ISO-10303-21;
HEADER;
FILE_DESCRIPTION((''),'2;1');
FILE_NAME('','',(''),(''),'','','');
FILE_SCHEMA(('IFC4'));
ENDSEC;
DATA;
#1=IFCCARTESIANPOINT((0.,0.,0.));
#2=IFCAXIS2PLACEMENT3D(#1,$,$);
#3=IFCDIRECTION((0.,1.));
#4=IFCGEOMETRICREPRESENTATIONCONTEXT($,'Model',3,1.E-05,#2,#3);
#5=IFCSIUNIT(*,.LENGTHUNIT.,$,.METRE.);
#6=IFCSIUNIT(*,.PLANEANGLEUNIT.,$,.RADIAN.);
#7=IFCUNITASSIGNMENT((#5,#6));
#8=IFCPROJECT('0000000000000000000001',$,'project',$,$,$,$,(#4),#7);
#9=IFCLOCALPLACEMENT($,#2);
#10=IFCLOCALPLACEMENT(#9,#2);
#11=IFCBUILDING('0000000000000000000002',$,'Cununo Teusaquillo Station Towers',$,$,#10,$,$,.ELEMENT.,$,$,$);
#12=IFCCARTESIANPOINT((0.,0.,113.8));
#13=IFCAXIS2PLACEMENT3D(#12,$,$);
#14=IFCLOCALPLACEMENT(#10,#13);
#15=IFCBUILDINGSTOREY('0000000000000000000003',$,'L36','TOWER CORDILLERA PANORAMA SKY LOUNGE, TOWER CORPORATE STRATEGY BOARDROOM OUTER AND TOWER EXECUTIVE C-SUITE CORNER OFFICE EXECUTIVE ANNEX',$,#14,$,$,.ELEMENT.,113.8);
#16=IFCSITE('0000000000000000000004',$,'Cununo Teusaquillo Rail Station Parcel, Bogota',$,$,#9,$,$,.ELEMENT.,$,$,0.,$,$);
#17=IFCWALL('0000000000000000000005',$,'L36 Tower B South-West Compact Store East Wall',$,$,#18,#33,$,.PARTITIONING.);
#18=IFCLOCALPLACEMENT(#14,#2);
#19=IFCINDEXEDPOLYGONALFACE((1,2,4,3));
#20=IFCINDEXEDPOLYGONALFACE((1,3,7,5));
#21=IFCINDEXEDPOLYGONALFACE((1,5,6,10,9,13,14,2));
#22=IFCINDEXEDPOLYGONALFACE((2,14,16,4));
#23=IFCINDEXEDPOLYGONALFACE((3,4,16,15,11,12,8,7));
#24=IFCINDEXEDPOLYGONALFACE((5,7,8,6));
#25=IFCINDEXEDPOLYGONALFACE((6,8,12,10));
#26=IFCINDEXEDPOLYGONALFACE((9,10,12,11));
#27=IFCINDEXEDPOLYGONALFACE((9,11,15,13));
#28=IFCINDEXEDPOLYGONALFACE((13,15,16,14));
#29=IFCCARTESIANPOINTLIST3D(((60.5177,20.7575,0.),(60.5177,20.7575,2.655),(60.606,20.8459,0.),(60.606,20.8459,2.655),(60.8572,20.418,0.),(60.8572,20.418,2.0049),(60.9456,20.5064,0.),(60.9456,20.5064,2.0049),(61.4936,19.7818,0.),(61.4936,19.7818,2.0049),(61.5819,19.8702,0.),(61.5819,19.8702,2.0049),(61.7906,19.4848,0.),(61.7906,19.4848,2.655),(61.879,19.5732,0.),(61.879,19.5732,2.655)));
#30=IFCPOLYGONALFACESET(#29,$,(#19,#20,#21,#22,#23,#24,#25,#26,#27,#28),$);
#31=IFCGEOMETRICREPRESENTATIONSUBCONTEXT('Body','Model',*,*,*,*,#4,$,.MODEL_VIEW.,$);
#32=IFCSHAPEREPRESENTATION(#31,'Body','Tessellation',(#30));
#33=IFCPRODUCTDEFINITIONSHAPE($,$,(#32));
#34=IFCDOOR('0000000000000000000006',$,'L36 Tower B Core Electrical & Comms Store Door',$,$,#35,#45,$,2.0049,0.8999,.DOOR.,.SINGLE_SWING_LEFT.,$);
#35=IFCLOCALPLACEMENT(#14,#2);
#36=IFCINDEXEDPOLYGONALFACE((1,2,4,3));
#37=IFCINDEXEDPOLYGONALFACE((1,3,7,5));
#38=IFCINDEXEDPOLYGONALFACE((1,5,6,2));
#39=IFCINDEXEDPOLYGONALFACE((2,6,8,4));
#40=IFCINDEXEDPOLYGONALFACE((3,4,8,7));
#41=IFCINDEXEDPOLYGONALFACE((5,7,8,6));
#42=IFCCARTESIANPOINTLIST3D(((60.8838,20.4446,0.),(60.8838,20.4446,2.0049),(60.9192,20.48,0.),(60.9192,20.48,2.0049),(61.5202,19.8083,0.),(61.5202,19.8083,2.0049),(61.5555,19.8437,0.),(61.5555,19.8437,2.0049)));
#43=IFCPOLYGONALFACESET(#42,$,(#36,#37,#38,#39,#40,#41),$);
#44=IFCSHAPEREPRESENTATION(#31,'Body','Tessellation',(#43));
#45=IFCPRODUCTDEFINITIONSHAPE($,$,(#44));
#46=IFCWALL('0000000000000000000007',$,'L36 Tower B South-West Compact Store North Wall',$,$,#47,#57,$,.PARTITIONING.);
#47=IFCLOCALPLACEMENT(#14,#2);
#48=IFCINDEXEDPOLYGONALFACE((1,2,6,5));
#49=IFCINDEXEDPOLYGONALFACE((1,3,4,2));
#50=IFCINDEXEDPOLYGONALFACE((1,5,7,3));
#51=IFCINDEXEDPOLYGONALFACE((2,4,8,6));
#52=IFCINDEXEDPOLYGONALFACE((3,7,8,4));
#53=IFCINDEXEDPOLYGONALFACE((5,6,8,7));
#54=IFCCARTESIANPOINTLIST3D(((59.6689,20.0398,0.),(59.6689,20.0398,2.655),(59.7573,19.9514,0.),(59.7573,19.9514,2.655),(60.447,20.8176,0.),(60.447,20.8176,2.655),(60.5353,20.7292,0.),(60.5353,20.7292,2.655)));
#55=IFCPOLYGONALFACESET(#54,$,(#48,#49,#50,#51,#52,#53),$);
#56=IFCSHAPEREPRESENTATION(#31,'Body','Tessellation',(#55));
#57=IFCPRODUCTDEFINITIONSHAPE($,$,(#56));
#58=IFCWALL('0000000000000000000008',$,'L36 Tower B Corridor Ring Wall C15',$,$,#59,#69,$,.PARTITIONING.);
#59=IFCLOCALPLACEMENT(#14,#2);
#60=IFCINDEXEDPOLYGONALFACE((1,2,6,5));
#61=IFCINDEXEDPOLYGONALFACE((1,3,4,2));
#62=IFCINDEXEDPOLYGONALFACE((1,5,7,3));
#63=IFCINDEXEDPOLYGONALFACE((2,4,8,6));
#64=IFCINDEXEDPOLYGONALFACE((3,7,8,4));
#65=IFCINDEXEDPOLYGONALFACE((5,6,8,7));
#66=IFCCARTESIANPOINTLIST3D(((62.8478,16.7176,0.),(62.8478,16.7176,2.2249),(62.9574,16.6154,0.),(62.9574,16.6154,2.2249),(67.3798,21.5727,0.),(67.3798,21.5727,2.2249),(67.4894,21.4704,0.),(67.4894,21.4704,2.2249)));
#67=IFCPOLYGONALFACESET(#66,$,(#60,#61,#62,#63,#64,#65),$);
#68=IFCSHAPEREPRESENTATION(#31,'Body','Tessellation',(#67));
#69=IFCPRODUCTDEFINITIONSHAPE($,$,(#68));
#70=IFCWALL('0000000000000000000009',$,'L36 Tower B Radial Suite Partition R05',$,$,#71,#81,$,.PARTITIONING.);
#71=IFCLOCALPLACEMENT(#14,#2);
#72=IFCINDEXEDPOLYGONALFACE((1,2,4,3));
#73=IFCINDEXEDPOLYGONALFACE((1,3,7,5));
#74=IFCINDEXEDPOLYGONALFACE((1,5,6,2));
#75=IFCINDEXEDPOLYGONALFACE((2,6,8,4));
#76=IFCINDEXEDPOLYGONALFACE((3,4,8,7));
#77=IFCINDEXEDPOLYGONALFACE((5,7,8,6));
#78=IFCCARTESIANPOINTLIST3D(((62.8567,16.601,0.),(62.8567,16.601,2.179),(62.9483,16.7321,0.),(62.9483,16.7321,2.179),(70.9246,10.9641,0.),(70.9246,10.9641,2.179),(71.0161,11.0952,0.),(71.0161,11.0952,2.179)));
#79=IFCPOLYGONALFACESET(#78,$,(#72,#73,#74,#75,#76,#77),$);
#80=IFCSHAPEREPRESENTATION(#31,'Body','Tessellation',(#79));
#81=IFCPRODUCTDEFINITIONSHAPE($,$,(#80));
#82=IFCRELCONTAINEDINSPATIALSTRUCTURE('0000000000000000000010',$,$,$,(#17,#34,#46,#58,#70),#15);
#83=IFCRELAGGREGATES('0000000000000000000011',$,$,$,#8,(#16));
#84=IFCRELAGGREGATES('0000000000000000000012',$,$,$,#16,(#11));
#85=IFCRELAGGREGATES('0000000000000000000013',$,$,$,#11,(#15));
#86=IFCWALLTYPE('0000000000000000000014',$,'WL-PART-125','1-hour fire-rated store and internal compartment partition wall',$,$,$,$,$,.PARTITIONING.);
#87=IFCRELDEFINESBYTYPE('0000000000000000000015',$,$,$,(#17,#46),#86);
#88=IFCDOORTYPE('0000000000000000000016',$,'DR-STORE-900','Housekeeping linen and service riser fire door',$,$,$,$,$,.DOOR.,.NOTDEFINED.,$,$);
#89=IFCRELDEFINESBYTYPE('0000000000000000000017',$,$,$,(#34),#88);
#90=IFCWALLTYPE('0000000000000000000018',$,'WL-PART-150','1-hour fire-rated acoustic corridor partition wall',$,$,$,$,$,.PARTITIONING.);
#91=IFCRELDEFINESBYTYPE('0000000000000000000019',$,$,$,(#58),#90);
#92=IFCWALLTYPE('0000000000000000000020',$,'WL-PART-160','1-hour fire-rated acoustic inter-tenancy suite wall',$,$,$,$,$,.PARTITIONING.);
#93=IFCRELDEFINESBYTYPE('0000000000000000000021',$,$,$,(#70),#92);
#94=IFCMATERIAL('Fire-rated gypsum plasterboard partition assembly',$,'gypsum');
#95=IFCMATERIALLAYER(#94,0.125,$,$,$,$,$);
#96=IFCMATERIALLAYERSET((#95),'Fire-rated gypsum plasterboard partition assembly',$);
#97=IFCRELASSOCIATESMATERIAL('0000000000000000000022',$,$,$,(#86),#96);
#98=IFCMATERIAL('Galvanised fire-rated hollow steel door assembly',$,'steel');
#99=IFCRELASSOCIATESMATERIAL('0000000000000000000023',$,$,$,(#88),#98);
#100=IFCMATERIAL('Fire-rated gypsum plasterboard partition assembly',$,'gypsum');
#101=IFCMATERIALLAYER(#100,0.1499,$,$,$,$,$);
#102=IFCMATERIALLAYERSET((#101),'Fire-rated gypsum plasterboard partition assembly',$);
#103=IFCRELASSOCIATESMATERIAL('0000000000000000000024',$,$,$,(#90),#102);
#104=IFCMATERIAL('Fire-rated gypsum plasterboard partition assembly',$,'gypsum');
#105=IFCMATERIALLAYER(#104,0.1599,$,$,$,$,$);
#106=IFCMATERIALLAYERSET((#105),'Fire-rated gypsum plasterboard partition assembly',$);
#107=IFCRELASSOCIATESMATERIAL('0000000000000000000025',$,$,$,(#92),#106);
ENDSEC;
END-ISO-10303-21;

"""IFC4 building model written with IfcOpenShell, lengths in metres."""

from ifc_helpers import new_model, si_unit, direction, frame, frame_2d, origin, place, context, subcontext, project, spatial, rectangle, extrude, source, transform, mapped, material, layer, layer_set, type_object, element, fill, save


model = new_model("IFC4")

# Units and contexts
model_context = context("Model", 3, precision=1e-05, world=origin(), true_north=direction((0.0, 1.0)))
body_context = subcontext(model_context, "Body", "Model", "MODEL_VIEW")
ifc_project = project(units=[si_unit("LENGTHUNIT", "METRE"), si_unit("PLANEANGLEUNIT", "RADIAN")], contexts=[model_context])

# Site, building, storey
site_placement = place(None, origin())
site = spatial("IfcSite", under=ifc_project, at=site_placement, Name="Cununo Teusaquillo Rail Station Parcel, Bogota", CompositionType="ELEMENT", RefElevation=0.0)
building_placement = place(site_placement, origin())
building = spatial("IfcBuilding", under=site, at=building_placement, Name="Cununo Teusaquillo Station Towers", CompositionType="ELEMENT")
storey_placement = place(building_placement, frame((0.0, 0.0, 113.8)))
storey = spatial("IfcBuildingStorey", under=building, at=storey_placement, Name="L36", Description="TOWER CORDILLERA PANORAMA SKY LOUNGE, TOWER CORPORATE STRATEGY BOARDROOM OUTER AND TOWER EXECUTIVE C-SUITE CORNER OFFICE EXECUTIVE ANNEX", CompositionType="ELEMENT", Elevation=113.8)

# Wall, opening, door
ifc_material_1 = material(Name="Fire-rated gypsum plasterboard partition assembly", Category="gypsum")
ifc_layer_1 = layer(ifc_material_1, 0.125)
ifc_layer_set_1 = layer_set([ifc_layer_1], Name="Fire-rated gypsum plasterboard partition assembly")
wall_type_1 = type_object("IfcWallType", Name="WL-PART-125", Description="1-hour fire-rated store and internal compartment partition wall", PredefinedType="PARTITIONING", material=ifc_layer_set_1)
wall_1_placement = place(storey_placement, frame((61.8347, 19.5291, 0.0), z_axis=(0.0, 0.0, 1.0), x_axis=(-0.707175, 0.707039, 0.0)))
wall_1 = element("IfcWall", 1, at=wall_1_placement, inside=storey, type_object=wall_type_1, Name="L36 Tower B South-West Compact Store East Wall", PredefinedType="PARTITIONING", context=body_context, shape_type="SweptSolid", body=[
    extrude(rectangle(XDim=1.8, YDim=0.125, at=frame_2d((0.8999, 0.0))), origin(), (0.0, 0.0, 1.0), 2.655),
])
shared_shape_1 = source(origin(), body_context, "Body", "SweptSolid", [
    extrude(rectangle(XDim=0.8999, YDim=2.0049, at=frame_2d((0.45, 1.0024))), frame((0.0, 0.0725, 0.0), z_axis=(0.0, -1.0, 0.0), x_axis=(1.0, 0.0, 0.0)), (0.0, 0.0, 1.0), 0.145),
])
opening_1_placement = place(wall_1_placement, frame((0.4199, 0.0, 0.0)))
opening_1 = element("IfcOpeningElement", 2, at=opening_1_placement, cuts=wall_1, PredefinedType="OPENING", context=body_context, shape_type="MappedRepresentation", body=[
    mapped(shared_shape_1, transform((0.0, 0.0, 0.0), x_axis=(1.0, 0.0, 0.0), y_axis=(0.0, 1.0, 0.0), z_axis=(0.0, 0.0, 1.0), scale=1.0)),
])
ifc_material_2 = material(Name="Galvanised fire-rated hollow steel door assembly", Category="steel")
door_type_1 = type_object("IfcDoorType", Name="DR-STORE-900", Description="Housekeeping linen and service riser fire door", OperationType="NOTDEFINED", PredefinedType="DOOR", material=ifc_material_2)
shared_shape_2 = source(origin(), body_context, "Body", "SweptSolid", [
    extrude(rectangle(XDim=0.8999, YDim=2.0049, at=frame_2d((0.45, 1.0024))), frame((0.0, 0.0249, 0.0), z_axis=(0.0, -1.0, 0.0), x_axis=(1.0, 0.0, 0.0)), (0.0, 0.0, 1.0), 0.05),
])
door_1_placement = place(opening_1_placement, origin())
door_1 = element("IfcDoor", 3, at=door_1_placement, inside=storey, type_object=door_type_1, Name="L36 Tower B Core Electrical & Comms Store Door", OperationType="SINGLE_SWING_LEFT", OverallHeight=2.0049, OverallWidth=0.8999, PredefinedType="DOOR", context=body_context, shape_type="MappedRepresentation", body=[
    mapped(shared_shape_2, transform((0.0, 0.0, 0.0), x_axis=(1.0, 0.0, 0.0), y_axis=(0.0, 1.0, 0.0), z_axis=(0.0, 0.0, 1.0), scale=1.0)),
])
fill(opening_1, door_1)

# Walls
wall_2_placement = place(storey_placement, frame((59.7131, 19.9956, 0.0), z_axis=(0.0, 0.0, 1.0), x_axis=(0.707218, 0.706996, 0.0)))
element("IfcWall", 4, at=wall_2_placement, inside=storey, type_object=wall_type_1, Name="L36 Tower B South-West Compact Store North Wall", PredefinedType="PARTITIONING", context=body_context, shape_type="SweptSolid", body=[
    extrude(rectangle(XDim=1.1001, YDim=0.125, at=frame_2d((0.55, 0.0))), origin(), (0.0, 0.0, 1.0), 2.655),
])
ifc_material_3 = material(Name="Fire-rated gypsum plasterboard partition assembly", Category="gypsum")
ifc_layer_2 = layer(ifc_material_3, 0.1499)
ifc_layer_set_2 = layer_set([ifc_layer_2], Name="Fire-rated gypsum plasterboard partition assembly")
wall_type_2 = type_object("IfcWallType", Name="WL-PART-150", Description="1-hour fire-rated acoustic corridor partition wall", PredefinedType="PARTITIONING", material=ifc_layer_set_2)
wall_3_placement = place(storey_placement, frame((62.9026, 16.6665, 0.0), z_axis=(0.0, 0.0, 1.0), x_axis=(0.682372, 0.731005, 0.0)))
element("IfcWall", 5, at=wall_3_placement, inside=storey, type_object=wall_type_2, Name="L36 Tower B Corridor Ring Wall C15", PredefinedType="PARTITIONING", context=body_context, shape_type="SweptSolid", body=[
    extrude(rectangle(XDim=6.6416, YDim=0.1499, at=frame_2d((3.3208, 0.0))), origin(), (0.0, 0.0, 1.0), 2.2249),
])
ifc_material_4 = material(Name="Fire-rated gypsum plasterboard partition assembly", Category="gypsum")
ifc_layer_3 = layer(ifc_material_4, 0.1599)
ifc_layer_set_3 = layer_set([ifc_layer_3], Name="Fire-rated gypsum plasterboard partition assembly")
wall_type_3 = type_object("IfcWallType", Name="WL-PART-160", Description="1-hour fire-rated acoustic inter-tenancy suite wall", PredefinedType="PARTITIONING", material=ifc_layer_set_3)
wall_4_placement = place(storey_placement, frame((62.9026, 16.6665, 0.0), z_axis=(0.0, 0.0, 1.0), x_axis=(0.819735, -0.572743, 0.0)))
element("IfcWall", 6, at=wall_4_placement, inside=storey, type_object=wall_type_3, Name="L36 Tower B Radial Suite Partition R05", PredefinedType="PARTITIONING", context=body_context, shape_type="SweptSolid", body=[
    extrude(rectangle(XDim=9.842, YDim=0.1599, at=frame_2d((4.9209, 0.0))), origin(), (0.0, 0.0, 1.0), 2.179),
])

save(model, "model.ifc")
